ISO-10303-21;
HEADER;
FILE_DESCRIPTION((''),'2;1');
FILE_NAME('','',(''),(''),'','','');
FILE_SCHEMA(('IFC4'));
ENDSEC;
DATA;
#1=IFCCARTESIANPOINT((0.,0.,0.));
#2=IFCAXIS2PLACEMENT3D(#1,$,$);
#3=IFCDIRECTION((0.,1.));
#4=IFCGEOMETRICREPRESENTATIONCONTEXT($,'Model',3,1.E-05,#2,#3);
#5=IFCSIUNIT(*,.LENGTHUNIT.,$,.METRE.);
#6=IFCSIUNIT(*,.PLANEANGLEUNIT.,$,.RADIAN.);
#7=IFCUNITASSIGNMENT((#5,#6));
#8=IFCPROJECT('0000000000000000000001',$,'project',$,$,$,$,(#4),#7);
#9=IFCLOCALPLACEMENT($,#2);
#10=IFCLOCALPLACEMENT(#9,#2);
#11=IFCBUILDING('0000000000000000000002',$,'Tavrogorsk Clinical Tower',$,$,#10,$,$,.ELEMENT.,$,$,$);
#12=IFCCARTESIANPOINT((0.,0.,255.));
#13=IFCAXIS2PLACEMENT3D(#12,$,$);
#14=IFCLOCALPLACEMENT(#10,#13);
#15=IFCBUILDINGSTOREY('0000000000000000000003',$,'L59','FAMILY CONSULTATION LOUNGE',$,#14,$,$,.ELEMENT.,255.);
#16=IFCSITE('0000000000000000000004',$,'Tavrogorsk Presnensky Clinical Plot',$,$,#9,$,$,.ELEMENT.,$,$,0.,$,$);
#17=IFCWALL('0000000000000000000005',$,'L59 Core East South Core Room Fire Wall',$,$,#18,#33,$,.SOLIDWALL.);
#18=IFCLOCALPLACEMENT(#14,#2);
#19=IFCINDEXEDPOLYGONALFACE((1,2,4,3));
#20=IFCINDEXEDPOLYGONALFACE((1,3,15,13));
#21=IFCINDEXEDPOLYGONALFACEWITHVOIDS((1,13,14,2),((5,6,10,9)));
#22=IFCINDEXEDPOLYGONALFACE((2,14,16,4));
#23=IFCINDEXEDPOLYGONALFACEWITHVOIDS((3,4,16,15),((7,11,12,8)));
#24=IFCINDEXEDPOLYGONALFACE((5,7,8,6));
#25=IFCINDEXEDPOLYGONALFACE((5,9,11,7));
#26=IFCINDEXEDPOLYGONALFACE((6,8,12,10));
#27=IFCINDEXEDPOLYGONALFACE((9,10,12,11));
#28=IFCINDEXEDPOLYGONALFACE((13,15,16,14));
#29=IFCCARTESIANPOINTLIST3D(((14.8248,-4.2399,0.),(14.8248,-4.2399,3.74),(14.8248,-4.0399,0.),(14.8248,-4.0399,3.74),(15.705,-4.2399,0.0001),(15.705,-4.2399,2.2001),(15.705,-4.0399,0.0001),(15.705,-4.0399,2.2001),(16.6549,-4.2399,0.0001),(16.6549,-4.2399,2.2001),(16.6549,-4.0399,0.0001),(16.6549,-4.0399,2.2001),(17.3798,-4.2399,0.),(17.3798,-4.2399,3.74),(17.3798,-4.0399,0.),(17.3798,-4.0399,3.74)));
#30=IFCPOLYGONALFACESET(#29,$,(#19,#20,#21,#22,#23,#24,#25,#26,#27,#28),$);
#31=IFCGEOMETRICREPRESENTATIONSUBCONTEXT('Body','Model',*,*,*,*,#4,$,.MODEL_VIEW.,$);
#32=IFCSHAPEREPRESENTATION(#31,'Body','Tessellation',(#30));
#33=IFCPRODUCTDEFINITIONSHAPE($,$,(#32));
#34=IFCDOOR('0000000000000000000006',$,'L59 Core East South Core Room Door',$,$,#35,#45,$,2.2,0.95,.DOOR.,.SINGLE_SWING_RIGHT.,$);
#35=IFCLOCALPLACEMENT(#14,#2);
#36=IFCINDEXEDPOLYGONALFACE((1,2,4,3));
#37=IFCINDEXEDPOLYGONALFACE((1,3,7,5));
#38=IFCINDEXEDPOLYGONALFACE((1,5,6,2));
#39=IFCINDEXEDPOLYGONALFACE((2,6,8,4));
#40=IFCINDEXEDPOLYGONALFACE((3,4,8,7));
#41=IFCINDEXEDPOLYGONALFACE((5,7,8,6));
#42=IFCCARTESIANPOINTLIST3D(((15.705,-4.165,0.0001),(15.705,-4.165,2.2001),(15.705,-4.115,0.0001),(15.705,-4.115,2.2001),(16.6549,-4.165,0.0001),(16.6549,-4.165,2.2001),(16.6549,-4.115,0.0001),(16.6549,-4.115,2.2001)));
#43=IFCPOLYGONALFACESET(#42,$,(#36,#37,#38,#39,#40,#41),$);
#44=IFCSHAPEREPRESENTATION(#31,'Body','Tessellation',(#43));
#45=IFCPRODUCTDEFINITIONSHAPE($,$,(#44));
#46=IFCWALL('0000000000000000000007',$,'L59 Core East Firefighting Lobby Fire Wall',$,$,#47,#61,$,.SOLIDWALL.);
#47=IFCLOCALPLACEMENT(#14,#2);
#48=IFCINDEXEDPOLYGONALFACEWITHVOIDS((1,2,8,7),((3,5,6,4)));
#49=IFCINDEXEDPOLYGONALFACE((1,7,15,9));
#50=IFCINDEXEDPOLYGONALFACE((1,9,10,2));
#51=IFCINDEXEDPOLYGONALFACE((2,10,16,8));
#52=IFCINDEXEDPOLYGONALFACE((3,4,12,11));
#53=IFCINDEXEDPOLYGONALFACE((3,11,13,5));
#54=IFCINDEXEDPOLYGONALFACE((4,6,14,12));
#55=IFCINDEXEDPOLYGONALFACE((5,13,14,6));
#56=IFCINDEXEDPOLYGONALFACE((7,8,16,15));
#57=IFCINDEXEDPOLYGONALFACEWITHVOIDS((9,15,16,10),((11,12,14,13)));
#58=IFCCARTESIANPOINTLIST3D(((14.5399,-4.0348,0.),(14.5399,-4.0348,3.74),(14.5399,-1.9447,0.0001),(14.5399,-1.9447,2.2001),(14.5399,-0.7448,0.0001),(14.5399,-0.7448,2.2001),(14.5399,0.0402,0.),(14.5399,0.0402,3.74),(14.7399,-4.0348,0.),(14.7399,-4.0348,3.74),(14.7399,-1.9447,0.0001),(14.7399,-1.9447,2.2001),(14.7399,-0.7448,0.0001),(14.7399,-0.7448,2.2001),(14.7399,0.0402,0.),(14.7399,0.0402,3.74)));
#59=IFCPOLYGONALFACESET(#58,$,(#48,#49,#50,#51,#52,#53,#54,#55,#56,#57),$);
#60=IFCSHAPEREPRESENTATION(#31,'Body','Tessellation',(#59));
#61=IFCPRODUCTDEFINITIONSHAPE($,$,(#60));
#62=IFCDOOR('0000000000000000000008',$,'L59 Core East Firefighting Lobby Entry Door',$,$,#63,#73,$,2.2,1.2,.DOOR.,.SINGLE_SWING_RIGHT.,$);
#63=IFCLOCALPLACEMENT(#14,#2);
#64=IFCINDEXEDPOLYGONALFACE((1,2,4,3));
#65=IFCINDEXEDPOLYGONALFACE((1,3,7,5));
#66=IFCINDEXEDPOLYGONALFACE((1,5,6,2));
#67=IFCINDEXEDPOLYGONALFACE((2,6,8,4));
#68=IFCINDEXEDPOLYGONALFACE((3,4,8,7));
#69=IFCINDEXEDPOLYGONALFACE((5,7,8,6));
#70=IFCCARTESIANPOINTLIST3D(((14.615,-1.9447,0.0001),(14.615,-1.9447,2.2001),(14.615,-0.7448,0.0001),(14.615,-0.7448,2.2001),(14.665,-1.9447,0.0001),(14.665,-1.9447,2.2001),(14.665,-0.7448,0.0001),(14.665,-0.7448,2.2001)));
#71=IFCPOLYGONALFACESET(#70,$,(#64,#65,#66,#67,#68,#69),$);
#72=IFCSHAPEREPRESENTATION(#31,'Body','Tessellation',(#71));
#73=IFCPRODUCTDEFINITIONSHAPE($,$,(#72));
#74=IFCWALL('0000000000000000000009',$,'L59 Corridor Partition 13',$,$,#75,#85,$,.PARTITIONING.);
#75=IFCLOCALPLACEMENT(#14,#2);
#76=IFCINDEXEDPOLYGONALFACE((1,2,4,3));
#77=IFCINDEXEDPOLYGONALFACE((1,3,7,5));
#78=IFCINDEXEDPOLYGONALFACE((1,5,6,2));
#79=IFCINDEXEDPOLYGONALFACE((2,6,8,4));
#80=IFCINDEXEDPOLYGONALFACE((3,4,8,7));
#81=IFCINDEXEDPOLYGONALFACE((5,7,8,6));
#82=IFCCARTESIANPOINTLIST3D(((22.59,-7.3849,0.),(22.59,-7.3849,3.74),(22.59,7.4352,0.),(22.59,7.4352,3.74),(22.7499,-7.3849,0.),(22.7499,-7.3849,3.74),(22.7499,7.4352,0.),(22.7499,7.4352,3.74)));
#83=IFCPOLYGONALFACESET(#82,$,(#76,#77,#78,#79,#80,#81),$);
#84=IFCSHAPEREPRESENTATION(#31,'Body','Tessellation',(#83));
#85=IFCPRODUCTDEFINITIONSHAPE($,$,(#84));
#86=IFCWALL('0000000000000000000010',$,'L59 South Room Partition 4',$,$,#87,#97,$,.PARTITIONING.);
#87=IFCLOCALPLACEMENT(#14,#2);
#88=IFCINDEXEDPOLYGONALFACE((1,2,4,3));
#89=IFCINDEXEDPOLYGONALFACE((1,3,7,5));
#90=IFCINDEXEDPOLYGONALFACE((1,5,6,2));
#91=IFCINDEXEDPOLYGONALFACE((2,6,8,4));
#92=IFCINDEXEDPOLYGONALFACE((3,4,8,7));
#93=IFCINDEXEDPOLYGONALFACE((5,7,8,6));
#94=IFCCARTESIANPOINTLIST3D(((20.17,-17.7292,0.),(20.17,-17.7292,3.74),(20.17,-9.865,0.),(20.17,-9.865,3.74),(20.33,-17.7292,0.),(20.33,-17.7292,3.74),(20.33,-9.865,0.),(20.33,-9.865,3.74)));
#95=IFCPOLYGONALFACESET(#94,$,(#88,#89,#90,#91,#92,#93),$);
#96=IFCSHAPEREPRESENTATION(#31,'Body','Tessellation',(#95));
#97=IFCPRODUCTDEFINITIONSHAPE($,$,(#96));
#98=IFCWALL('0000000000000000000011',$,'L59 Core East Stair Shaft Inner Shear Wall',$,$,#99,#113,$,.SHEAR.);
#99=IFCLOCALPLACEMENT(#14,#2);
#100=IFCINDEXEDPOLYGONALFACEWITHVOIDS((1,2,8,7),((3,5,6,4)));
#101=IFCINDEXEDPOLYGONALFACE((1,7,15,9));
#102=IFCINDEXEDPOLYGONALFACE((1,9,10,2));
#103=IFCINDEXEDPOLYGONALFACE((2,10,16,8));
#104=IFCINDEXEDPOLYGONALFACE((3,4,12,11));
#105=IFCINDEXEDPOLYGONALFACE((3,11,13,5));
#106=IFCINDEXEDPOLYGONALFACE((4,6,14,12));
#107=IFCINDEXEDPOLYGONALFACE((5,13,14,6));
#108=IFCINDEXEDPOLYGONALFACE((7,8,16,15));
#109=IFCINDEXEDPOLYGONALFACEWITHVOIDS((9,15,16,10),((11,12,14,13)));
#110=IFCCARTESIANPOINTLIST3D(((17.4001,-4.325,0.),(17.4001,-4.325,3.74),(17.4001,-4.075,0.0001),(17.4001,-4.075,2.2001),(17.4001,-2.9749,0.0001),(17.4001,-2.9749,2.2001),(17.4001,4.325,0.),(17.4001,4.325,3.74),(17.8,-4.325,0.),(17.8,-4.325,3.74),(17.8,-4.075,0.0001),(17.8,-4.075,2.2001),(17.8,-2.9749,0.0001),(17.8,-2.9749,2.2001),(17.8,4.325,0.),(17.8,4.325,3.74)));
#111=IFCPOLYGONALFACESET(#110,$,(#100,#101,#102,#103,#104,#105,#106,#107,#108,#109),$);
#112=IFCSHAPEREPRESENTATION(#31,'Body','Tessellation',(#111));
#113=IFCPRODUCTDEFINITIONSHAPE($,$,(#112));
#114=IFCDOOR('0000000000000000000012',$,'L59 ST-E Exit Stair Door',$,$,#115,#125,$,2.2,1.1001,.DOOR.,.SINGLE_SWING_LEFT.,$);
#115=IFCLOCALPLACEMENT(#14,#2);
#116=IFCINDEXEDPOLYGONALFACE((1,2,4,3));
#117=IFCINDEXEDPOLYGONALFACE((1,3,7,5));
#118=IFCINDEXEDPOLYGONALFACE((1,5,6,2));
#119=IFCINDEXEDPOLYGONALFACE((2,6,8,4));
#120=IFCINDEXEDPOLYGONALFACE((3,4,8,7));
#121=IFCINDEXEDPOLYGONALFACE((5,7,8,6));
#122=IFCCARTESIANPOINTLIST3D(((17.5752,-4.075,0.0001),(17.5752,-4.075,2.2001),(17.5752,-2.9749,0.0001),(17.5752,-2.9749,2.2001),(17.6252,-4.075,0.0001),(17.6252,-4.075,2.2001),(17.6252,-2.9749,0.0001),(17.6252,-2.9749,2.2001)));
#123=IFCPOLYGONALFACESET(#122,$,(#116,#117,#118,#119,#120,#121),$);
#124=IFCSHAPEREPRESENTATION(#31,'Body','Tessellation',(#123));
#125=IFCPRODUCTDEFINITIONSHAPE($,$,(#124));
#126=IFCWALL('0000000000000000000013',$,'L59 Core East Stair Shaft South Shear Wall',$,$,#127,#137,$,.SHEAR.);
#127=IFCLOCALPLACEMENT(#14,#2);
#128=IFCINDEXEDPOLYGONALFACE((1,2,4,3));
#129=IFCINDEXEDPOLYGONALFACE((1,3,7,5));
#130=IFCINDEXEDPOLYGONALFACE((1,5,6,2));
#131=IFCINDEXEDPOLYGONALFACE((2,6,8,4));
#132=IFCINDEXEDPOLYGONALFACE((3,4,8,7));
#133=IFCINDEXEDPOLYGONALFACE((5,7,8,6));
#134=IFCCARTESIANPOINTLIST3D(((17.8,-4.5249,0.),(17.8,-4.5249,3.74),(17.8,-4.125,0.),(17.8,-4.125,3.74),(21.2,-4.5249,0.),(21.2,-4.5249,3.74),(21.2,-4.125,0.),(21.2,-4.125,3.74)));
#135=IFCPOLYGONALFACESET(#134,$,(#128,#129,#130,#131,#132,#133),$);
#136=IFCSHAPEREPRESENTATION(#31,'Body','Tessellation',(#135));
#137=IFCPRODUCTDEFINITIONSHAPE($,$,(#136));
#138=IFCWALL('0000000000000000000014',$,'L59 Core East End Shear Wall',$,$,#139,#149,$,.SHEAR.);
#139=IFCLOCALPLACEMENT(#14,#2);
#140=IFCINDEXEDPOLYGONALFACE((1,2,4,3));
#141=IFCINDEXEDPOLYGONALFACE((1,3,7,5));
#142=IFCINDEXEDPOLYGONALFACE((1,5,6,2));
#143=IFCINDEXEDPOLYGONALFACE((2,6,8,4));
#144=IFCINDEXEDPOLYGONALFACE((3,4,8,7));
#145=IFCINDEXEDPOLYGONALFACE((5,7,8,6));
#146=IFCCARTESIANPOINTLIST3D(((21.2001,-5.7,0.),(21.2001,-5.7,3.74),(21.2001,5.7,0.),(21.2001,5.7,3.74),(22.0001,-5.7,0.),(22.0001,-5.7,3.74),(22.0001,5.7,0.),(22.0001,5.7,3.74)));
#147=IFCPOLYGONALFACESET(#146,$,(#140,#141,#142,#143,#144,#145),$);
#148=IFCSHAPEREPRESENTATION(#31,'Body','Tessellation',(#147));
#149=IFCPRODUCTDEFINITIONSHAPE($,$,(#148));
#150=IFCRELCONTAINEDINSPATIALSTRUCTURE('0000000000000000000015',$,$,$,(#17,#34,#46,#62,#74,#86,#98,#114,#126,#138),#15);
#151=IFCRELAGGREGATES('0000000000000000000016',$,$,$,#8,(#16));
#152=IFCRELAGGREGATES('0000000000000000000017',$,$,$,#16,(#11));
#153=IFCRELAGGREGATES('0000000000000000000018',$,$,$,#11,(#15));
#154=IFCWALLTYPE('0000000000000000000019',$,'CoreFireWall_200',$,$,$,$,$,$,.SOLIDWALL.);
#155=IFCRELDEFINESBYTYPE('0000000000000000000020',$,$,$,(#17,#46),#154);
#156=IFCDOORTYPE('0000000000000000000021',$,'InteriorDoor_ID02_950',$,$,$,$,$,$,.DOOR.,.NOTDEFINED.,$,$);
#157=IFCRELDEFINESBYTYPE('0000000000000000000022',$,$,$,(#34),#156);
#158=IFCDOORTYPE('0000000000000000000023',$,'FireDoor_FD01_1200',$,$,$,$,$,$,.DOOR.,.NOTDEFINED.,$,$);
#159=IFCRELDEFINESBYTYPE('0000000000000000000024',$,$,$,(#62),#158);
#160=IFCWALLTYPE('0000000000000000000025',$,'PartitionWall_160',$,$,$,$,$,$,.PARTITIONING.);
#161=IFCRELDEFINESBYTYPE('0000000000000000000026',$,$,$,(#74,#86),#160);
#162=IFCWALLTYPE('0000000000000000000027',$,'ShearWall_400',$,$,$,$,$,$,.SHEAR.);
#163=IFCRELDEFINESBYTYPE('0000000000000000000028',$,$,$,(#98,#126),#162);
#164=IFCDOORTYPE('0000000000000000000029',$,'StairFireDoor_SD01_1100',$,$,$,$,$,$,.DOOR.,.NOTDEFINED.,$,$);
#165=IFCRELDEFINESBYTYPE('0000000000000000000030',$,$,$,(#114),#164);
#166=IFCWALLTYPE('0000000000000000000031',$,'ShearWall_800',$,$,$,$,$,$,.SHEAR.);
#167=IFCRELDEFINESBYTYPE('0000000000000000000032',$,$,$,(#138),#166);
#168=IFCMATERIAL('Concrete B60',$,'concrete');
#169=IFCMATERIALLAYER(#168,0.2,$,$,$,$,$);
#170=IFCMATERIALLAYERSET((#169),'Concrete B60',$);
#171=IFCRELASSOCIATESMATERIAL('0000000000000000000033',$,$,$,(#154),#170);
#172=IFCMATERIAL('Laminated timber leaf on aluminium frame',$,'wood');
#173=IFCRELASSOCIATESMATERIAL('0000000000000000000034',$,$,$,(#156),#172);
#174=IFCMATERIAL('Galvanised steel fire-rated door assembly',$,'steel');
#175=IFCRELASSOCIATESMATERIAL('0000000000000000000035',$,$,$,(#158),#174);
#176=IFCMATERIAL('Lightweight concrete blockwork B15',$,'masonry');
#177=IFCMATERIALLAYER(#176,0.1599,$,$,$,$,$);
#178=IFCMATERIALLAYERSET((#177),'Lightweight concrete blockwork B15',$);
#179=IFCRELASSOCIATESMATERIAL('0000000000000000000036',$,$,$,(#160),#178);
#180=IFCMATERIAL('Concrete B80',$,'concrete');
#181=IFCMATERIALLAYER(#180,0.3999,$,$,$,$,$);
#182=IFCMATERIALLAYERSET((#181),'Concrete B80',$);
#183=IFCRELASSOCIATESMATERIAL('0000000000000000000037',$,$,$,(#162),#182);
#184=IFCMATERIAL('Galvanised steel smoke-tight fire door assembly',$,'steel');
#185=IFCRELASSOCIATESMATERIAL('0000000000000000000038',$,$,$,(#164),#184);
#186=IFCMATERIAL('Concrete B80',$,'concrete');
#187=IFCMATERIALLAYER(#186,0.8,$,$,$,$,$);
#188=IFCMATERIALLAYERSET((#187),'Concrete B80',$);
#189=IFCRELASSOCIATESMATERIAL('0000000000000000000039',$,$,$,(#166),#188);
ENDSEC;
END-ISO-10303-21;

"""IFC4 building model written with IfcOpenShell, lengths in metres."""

from ifc_helpers import new_model, si_unit, direction, frame, frame_2d, origin, place, context, subcontext, project, spatial, rectangle, extrude, material, layer, layer_set, type_object, element, fill, save


model = new_model("IFC4")

# Units and contexts
model_context = context("Model", 3, precision=1e-05, world=origin(), true_north=direction((0.0, 1.0)))
body_context = subcontext(model_context, "Body", "Model", "MODEL_VIEW")
ifc_project = project(units=[si_unit("LENGTHUNIT", "METRE"), si_unit("PLANEANGLEUNIT", "RADIAN")], contexts=[model_context])

# Site, building, storey
site_placement = place(None, origin())
site = spatial("IfcSite", under=ifc_project, at=site_placement, Name="Tavrogorsk Presnensky Clinical Plot", CompositionType="ELEMENT", RefElevation=0.0)
building_placement = place(site_placement, origin())
building = spatial("IfcBuilding", under=site, at=building_placement, Name="Tavrogorsk Clinical Tower", CompositionType="ELEMENT")
storey_placement = place(building_placement, frame((0.0, 0.0, 255.0)))
storey = spatial("IfcBuildingStorey", under=building, at=storey_placement, Name="L59", Description="FAMILY CONSULTATION LOUNGE", CompositionType="ELEMENT", Elevation=255.0)

# Walls, openings, doors
ifc_material_1 = material(Name="Concrete B60", Category="concrete")
ifc_layer_1 = layer(ifc_material_1, 0.2)
ifc_layer_set_1 = layer_set([ifc_layer_1], Name="Concrete B60")
wall_type_1 = type_object("IfcWallType", Name="CoreFireWall_200", PredefinedType="SOLIDWALL", material=ifc_layer_set_1)
wall_1_placement = place(storey_placement, frame((14.825, -4.1399, 0.0), z_axis=(0.0, 0.0, 1.0), x_axis=(1.0, 0.0, 0.0)))
wall_1 = element("IfcWall", 1, at=wall_1_placement, inside=storey, type_object=wall_type_1, Name="L59 Core East South Core Room Fire Wall", PredefinedType="SOLIDWALL", context=body_context, shape_type="SweptSolid", body=[
    extrude(rectangle(XDim=2.5549, YDim=0.2, at=frame_2d((1.2773, 0.0))), origin(), (0.0, 0.0, 1.0), 3.74),
])
opening_1_placement = place(wall_1_placement, frame((0.8799, 0.0, 0.0)))
opening_1 = element("IfcOpeningElement", 2, at=opening_1_placement, cuts=wall_1, PredefinedType="OPENING", context=body_context, shape_type="SweptSolid", body=[
    extrude(rectangle(XDim=0.95, YDim=2.2, at=frame_2d((0.4751, 1.1001))), frame((0.0, 0.1099, 0.0), z_axis=(0.0, -1.0, 0.0), x_axis=(1.0, 0.0, 0.0)), (0.0, 0.0, 1.0), 0.22),
])
ifc_material_2 = material(Name="Laminated timber leaf on aluminium frame", Category="wood")
door_type_1 = type_object("IfcDoorType", Name="InteriorDoor_ID02_950", OperationType="NOTDEFINED", PredefinedType="DOOR", material=ifc_material_2)
door_1_placement = place(opening_1_placement, origin())
door_1 = element("IfcDoor", 3, at=door_1_placement, inside=storey, type_object=door_type_1, Name="L59 Core East South Core Room Door", OperationType="SINGLE_SWING_RIGHT", OverallHeight=2.2, OverallWidth=0.95, PredefinedType="DOOR", context=body_context, shape_type="SweptSolid", body=[
    extrude(rectangle(XDim=0.95, YDim=2.2, at=frame_2d((0.4751, 1.1001))), frame((0.0, 0.0249, 0.0), z_axis=(0.0, -1.0, 0.0), x_axis=(1.0, 0.0, 0.0)), (0.0, 0.0, 1.0), 0.05),
])
fill(opening_1, door_1)
wall_2_placement = place(storey_placement, frame((14.6399, -4.0349, 0.0), z_axis=(0.0, 0.0, 1.0), x_axis=(0.0, 1.0, 0.0)))
wall_2 = element("IfcWall", 4, at=wall_2_placement, inside=storey, type_object=wall_type_1, Name="L59 Core East Firefighting Lobby Fire Wall", PredefinedType="SOLIDWALL", context=body_context, shape_type="SweptSolid", body=[
    extrude(rectangle(XDim=4.075, YDim=0.2, at=frame_2d((2.0376, 0.0))), origin(), (0.0, 0.0, 1.0), 3.74),
])
opening_2_placement = place(wall_2_placement, frame((2.0901, 0.0, 0.0)))
opening_2 = element("IfcOpeningElement", 5, at=opening_2_placement, cuts=wall_2, PredefinedType="OPENING", context=body_context, shape_type="SweptSolid", body=[
    extrude(rectangle(XDim=1.2, YDim=2.2, at=frame_2d((0.6001, 1.1001))), frame((0.0, 0.1099, 0.0), z_axis=(0.0, -1.0, 0.0), x_axis=(1.0, 0.0, 0.0)), (0.0, 0.0, 1.0), 0.22),
])
ifc_material_3 = material(Name="Galvanised steel fire-rated door assembly", Category="steel")
door_type_2 = type_object("IfcDoorType", Name="FireDoor_FD01_1200", OperationType="NOTDEFINED", PredefinedType="DOOR", material=ifc_material_3)
door_2_placement = place(opening_2_placement, origin())
door_2 = element("IfcDoor", 6, at=door_2_placement, inside=storey, type_object=door_type_2, Name="L59 Core East Firefighting Lobby Entry Door", OperationType="SINGLE_SWING_RIGHT", OverallHeight=2.2, OverallWidth=1.2, PredefinedType="DOOR", context=body_context, shape_type="SweptSolid", body=[
    extrude(rectangle(XDim=1.2, YDim=2.2, at=frame_2d((0.6001, 1.1001))), frame((0.0, 0.0249, 0.0), z_axis=(0.0, -1.0, 0.0), x_axis=(1.0, 0.0, 0.0)), (0.0, 0.0, 1.0), 0.05),
])
fill(opening_2, door_2)

# Walls
ifc_material_4 = material(Name="Lightweight concrete blockwork B15", Category="masonry")
ifc_layer_2 = layer(ifc_material_4, 0.1599)
ifc_layer_set_2 = layer_set([ifc_layer_2], Name="Lightweight concrete blockwork B15")
wall_type_2 = type_object("IfcWallType", Name="PartitionWall_160", PredefinedType="PARTITIONING", material=ifc_layer_set_2)
wall_3_placement = place(storey_placement, frame((22.6699, -7.385, 0.0), z_axis=(0.0, 0.0, 1.0), x_axis=(0.0, 1.0, 0.0)))
element("IfcWall", 7, at=wall_3_placement, inside=storey, type_object=wall_type_2, Name="L59 Corridor Partition 13", PredefinedType="PARTITIONING", context=body_context, shape_type="SweptSolid", body=[
    extrude(rectangle(XDim=14.8201, YDim=0.1599, at=frame_2d((7.4102, 0.0))), origin(), (0.0, 0.0, 1.0), 3.74),
])
wall_4_placement = place(storey_placement, frame((20.25, -17.7292, 0.0), z_axis=(0.0, 0.0, 1.0), x_axis=(0.0, 1.0, 0.0)))
element("IfcWall", 8, at=wall_4_placement, inside=storey, type_object=wall_type_2, Name="L59 South Room Partition 4", PredefinedType="PARTITIONING", context=body_context, shape_type="SweptSolid", body=[
    extrude(rectangle(XDim=7.8643, YDim=0.1599, at=frame_2d((3.9321, 0.0))), origin(), (0.0, 0.0, 1.0), 3.74),
])

# Wall, opening, door
ifc_material_5 = material(Name="Concrete B80", Category="concrete")
ifc_layer_3 = layer(ifc_material_5, 0.3999)
ifc_layer_set_3 = layer_set([ifc_layer_3], Name="Concrete B80")
wall_type_3 = type_object("IfcWallType", Name="ShearWall_400", PredefinedType="SHEAR", material=ifc_layer_set_3)
wall_5_placement = place(storey_placement, frame((17.6001, -4.325, 0.0), z_axis=(0.0, 0.0, 1.0), x_axis=(0.0, 1.0, 0.0)))
wall_5 = element("IfcWall", 9, at=wall_5_placement, inside=storey, type_object=wall_type_3, Name="L59 Core East Stair Shaft Inner Shear Wall", PredefinedType="SHEAR", context=body_context, shape_type="SweptSolid", body=[
    extrude(rectangle(XDim=8.6499, YDim=0.3999, at=frame_2d((4.325, 0.0))), origin(), (0.0, 0.0, 1.0), 3.74),
])
opening_3_placement = place(wall_5_placement, frame((0.25, 0.0, 0.0)))
opening_3 = element("IfcOpeningElement", 10, at=opening_3_placement, cuts=wall_5, PredefinedType="OPENING", context=body_context, shape_type="SweptSolid", body=[
    extrude(rectangle(XDim=1.1001, YDim=2.2, at=frame_2d((0.55, 1.1001))), frame((0.0, 0.21, 0.0), z_axis=(0.0, -1.0, 0.0), x_axis=(1.0, 0.0, 0.0)), (0.0, 0.0, 1.0), 0.4199),
])
ifc_material_6 = material(Name="Galvanised steel smoke-tight fire door assembly", Category="steel")
door_type_3 = type_object("IfcDoorType", Name="StairFireDoor_SD01_1100", OperationType="NOTDEFINED", PredefinedType="DOOR", material=ifc_material_6)
door_3_placement = place(opening_3_placement, origin())
door_3 = element("IfcDoor", 11, at=door_3_placement, inside=storey, type_object=door_type_3, Name="L59 ST-E Exit Stair Door", OperationType="SINGLE_SWING_LEFT", OverallHeight=2.2, OverallWidth=1.1001, PredefinedType="DOOR", context=body_context, shape_type="SweptSolid", body=[
    extrude(rectangle(XDim=1.1001, YDim=2.2, at=frame_2d((0.55, 1.1001))), frame((0.0, 0.0249, 0.0), z_axis=(0.0, -1.0, 0.0), x_axis=(1.0, 0.0, 0.0)), (0.0, 0.0, 1.0), 0.05),
])
fill(opening_3, door_3)

# Walls
wall_6_placement = place(storey_placement, frame((17.8, -4.325, 0.0), z_axis=(0.0, 0.0, 1.0), x_axis=(1.0, 0.0, 0.0)))
element("IfcWall", 12, at=wall_6_placement, inside=storey, type_object=wall_type_3, Name="L59 Core East Stair Shaft South Shear Wall", PredefinedType="SHEAR", context=body_context, shape_type="SweptSolid", body=[
    extrude(rectangle(XDim=3.3999, YDim=0.3999, at=frame_2d((1.7, 0.0))), origin(), (0.0, 0.0, 1.0), 3.74),
])
ifc_material_7 = material(Name="Concrete B80", Category="concrete")
ifc_layer_4 = layer(ifc_material_7, 0.8)
ifc_layer_set_4 = layer_set([ifc_layer_4], Name="Concrete B80")
wall_type_4 = type_object("IfcWallType", Name="ShearWall_800", PredefinedType="SHEAR", material=ifc_layer_set_4)
wall_7_placement = place(storey_placement, frame((21.6001, -5.7, 0.0), z_axis=(0.0, 0.0, 1.0), x_axis=(0.0, 1.0, 0.0)))
element("IfcWall", 13, at=wall_7_placement, inside=storey, type_object=wall_type_4, Name="L59 Core East End Shear Wall", PredefinedType="SHEAR", context=body_context, shape_type="SweptSolid", body=[
    extrude(rectangle(XDim=11.3999, YDim=0.8, at=frame_2d((5.7, 0.0))), origin(), (0.0, 0.0, 1.0), 3.74),
])

save(model, "model.ifc")
